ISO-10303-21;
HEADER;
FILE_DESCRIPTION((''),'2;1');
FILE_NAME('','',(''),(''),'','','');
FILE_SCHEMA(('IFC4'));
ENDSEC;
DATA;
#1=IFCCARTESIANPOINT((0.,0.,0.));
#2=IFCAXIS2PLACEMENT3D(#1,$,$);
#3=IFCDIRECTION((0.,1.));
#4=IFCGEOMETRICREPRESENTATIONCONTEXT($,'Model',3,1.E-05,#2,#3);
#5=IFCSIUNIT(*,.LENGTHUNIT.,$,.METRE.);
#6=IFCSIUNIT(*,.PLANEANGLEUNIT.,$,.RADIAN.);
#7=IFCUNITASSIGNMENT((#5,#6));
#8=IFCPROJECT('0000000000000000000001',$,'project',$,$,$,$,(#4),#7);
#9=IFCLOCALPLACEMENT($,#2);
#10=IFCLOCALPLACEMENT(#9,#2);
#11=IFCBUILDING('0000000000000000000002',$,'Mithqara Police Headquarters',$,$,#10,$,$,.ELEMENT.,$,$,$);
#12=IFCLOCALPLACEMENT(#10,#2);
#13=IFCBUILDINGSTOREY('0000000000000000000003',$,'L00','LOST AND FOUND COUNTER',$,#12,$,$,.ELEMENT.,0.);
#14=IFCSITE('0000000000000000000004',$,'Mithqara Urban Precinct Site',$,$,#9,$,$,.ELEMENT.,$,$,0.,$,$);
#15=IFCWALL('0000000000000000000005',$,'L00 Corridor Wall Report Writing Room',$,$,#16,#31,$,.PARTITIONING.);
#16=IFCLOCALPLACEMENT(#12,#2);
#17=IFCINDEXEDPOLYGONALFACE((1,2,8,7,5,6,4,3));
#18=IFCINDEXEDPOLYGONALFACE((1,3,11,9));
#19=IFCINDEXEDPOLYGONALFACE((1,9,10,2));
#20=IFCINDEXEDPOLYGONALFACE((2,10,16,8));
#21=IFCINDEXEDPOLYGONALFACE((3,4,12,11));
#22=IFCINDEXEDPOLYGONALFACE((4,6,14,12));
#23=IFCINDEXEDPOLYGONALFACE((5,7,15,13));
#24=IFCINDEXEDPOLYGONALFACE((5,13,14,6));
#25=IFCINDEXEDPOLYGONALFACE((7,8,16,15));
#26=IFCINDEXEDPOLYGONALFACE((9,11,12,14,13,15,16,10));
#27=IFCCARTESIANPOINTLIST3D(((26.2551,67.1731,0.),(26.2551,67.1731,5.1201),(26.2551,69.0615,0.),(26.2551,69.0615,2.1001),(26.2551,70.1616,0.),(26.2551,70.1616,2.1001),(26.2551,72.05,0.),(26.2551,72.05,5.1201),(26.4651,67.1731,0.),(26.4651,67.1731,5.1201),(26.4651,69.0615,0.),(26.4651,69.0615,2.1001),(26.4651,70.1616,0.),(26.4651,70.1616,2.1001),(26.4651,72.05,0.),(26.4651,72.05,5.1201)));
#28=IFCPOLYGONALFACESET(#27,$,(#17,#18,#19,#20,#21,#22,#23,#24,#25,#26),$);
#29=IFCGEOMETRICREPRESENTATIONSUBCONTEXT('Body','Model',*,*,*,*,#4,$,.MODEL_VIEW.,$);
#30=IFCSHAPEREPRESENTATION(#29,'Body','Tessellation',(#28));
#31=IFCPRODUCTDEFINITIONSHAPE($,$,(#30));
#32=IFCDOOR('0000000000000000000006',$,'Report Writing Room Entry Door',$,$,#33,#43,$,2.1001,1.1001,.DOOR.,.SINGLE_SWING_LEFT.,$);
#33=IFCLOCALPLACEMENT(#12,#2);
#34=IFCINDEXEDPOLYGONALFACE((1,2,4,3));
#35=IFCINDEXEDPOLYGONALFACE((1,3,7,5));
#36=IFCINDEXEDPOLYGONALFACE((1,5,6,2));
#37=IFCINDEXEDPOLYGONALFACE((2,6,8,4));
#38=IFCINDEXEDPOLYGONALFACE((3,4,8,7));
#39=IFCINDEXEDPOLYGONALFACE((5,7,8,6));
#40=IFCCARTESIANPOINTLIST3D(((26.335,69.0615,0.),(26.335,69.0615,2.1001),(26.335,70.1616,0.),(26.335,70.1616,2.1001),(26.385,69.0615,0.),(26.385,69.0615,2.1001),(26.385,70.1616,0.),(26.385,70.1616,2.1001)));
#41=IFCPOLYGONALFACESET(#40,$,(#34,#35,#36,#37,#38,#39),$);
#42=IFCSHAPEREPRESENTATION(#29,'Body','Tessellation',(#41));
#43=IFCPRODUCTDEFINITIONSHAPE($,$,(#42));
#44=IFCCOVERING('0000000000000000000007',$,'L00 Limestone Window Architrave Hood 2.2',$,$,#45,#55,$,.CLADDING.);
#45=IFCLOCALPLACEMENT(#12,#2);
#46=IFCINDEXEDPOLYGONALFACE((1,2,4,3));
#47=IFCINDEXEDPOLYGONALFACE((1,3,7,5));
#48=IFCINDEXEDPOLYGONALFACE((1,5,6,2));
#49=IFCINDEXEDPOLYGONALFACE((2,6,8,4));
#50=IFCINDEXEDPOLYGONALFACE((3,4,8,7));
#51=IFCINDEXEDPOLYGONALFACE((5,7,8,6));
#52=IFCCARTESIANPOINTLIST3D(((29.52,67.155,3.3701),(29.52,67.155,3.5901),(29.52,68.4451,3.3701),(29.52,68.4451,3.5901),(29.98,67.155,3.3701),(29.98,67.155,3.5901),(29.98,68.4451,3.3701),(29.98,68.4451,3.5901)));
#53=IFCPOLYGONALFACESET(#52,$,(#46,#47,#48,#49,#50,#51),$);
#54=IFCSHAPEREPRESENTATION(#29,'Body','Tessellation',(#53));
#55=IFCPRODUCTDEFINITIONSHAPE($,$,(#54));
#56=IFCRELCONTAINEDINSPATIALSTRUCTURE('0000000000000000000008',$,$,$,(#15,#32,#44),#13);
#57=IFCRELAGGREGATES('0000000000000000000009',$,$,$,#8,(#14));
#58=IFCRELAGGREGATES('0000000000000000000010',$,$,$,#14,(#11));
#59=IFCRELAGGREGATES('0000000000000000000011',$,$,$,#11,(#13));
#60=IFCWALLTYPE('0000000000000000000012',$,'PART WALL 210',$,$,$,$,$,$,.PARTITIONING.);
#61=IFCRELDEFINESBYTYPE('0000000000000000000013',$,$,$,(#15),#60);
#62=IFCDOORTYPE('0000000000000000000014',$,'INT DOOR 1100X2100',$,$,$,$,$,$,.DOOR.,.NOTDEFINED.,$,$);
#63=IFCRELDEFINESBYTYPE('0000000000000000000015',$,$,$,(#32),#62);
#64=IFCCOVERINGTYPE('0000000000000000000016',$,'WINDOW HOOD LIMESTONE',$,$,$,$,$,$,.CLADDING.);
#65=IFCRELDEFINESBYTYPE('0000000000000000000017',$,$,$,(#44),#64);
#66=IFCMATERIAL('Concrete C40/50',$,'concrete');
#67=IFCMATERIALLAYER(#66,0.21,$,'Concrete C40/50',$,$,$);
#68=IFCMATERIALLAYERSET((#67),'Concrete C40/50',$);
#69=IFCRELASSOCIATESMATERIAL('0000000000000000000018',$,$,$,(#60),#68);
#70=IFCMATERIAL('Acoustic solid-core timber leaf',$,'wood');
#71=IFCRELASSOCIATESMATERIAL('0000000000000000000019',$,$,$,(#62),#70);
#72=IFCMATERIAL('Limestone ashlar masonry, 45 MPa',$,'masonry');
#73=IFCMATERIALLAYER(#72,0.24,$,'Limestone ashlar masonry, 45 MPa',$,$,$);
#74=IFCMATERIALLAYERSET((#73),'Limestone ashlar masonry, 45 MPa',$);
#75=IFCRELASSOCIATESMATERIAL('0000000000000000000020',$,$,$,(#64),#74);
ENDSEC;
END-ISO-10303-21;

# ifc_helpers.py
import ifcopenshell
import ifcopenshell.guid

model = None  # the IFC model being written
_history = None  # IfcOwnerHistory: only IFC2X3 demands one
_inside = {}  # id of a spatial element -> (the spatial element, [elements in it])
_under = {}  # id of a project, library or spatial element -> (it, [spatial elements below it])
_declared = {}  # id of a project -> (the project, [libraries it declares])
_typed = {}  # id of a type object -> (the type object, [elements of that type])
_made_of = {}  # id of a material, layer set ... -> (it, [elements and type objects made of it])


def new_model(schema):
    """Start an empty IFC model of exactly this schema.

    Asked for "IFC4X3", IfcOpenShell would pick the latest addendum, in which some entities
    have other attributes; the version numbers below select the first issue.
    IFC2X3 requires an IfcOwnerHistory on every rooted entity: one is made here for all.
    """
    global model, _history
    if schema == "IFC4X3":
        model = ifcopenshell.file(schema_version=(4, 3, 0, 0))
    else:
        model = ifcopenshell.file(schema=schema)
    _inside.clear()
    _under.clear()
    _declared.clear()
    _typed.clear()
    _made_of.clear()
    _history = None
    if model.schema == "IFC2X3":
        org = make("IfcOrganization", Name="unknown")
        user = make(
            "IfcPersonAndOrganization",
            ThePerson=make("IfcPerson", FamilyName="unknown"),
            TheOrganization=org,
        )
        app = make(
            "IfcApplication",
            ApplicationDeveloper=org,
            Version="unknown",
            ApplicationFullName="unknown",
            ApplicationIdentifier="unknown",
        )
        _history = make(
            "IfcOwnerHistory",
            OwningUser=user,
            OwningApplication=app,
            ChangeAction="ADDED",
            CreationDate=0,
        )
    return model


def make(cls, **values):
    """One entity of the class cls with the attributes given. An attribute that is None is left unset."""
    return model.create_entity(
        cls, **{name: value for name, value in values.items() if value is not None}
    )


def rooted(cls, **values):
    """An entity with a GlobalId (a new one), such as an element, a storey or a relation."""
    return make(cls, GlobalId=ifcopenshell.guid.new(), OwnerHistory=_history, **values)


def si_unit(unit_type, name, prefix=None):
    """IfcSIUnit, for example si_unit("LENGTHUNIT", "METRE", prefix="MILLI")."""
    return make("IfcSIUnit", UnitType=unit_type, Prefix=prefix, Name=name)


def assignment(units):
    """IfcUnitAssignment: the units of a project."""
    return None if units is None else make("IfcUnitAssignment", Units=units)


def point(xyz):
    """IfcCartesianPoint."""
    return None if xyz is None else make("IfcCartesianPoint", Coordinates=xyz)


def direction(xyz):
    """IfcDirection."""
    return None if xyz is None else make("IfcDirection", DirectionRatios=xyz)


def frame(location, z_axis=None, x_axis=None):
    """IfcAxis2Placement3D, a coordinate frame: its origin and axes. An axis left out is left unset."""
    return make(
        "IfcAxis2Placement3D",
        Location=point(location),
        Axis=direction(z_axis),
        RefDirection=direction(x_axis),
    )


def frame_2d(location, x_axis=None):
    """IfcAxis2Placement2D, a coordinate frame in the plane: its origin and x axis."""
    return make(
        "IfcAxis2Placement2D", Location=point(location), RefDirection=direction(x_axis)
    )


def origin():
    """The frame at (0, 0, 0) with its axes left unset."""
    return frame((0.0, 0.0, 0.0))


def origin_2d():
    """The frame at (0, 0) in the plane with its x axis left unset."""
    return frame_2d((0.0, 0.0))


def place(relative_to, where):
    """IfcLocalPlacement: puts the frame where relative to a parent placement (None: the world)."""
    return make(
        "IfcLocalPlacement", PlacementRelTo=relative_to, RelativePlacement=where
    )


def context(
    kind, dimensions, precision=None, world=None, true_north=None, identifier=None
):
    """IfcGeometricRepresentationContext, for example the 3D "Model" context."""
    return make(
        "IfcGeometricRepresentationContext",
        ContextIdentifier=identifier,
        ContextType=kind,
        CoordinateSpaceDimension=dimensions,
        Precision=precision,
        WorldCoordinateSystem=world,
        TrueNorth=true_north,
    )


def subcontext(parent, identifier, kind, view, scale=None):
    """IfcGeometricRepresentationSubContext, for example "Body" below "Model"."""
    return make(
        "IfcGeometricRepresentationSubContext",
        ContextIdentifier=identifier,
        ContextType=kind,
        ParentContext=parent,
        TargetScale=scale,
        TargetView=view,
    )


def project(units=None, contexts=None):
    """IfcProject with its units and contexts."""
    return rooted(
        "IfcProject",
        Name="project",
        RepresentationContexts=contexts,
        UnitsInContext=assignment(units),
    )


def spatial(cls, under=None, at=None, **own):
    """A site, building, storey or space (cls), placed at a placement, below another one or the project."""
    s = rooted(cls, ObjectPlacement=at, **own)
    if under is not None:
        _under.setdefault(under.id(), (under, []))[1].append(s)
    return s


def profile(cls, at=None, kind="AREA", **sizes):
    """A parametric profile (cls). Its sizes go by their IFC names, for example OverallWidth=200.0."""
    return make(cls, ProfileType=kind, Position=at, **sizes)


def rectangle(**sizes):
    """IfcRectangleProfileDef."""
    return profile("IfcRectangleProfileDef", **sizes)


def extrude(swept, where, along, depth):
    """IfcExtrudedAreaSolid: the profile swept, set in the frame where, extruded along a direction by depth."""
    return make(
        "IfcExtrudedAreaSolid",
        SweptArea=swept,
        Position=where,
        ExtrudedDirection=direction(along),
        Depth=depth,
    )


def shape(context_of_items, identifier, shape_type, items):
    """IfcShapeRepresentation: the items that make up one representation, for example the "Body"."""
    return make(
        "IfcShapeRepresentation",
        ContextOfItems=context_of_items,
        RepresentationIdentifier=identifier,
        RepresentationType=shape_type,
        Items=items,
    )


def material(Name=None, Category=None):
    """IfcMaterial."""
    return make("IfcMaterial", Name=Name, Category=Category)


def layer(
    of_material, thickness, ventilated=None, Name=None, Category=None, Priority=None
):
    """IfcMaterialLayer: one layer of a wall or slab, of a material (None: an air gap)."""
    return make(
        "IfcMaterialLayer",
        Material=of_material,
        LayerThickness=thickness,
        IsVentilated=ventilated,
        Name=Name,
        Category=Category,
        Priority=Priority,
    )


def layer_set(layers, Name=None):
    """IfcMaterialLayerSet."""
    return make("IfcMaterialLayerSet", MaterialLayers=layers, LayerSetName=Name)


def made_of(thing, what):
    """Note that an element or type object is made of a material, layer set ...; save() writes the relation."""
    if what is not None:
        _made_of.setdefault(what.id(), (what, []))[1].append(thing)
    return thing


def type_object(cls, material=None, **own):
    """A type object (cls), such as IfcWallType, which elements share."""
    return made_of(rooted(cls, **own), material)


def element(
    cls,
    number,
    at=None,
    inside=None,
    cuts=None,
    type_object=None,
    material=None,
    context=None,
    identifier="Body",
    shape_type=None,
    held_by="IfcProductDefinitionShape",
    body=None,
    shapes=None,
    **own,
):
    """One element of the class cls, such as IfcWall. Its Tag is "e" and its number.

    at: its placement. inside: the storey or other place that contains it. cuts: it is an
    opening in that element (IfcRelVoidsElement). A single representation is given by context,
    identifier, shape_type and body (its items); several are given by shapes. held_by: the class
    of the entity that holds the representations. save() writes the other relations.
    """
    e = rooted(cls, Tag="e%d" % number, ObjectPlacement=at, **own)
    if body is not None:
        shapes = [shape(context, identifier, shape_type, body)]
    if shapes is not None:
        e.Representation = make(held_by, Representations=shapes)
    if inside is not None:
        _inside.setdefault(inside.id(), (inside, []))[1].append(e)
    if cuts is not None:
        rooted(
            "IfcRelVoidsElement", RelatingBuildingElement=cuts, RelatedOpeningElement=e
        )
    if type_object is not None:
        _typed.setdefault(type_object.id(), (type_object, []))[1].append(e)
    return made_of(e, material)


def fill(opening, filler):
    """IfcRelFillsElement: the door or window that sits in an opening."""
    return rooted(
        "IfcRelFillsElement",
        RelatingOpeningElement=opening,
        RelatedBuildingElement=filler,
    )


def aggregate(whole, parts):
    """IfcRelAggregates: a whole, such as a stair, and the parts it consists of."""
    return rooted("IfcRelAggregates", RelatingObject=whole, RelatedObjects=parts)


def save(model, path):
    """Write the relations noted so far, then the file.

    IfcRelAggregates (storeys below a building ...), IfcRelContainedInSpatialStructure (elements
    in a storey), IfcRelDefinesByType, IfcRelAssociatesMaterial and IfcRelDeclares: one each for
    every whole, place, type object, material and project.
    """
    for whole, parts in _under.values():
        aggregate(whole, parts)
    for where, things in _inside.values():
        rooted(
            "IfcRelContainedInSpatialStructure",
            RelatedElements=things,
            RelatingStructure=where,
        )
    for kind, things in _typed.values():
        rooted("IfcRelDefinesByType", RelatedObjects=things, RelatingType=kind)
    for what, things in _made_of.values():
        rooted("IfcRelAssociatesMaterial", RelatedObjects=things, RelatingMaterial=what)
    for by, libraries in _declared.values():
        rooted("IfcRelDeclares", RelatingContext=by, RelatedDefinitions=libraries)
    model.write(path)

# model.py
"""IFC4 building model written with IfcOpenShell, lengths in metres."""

from ifc_helpers import new_model, si_unit, direction, frame, frame_2d, origin, origin_2d, place, context, subcontext, project, spatial, rectangle, extrude, material, layer, layer_set, type_object, element, fill, save


model = new_model("IFC4")

# Units and contexts
model_context = context("Model", 3, precision=1e-05, world=origin(), true_north=direction((0.0, 1.0)))
body_context = subcontext(model_context, "Body", "Model", "MODEL_VIEW")
ifc_project = project(units=[si_unit("LENGTHUNIT", "METRE"), si_unit("PLANEANGLEUNIT", "RADIAN")], contexts=[model_context])

# Site, building, storey
site_placement = place(None, origin())
site = spatial("IfcSite", under=ifc_project, at=site_placement, Name="Mithqara Urban Precinct Site", CompositionType="ELEMENT", RefElevation=0.0)
building_placement = place(site_placement, origin())
building = spatial("IfcBuilding", under=site, at=building_placement, Name="Mithqara Police Headquarters", CompositionType="ELEMENT")
storey_placement = place(building_placement, origin())
storey = spatial("IfcBuildingStorey", under=building, at=storey_placement, Name="L00", Description="LOST AND FOUND COUNTER", CompositionType="ELEMENT", Elevation=0.0)

# Shared definitions
ifc_material_1 = material(Name="Concrete C40/50", Category="concrete")

# Shared definitions
ifc_layer_1 = layer(ifc_material_1, 0.21, Name="Concrete C40/50")
ifc_layer_set_1 = layer_set([ifc_layer_1], Name="Concrete C40/50")
wall_type = type_object("IfcWallType", Name="PART WALL 210", PredefinedType="PARTITIONING", material=ifc_layer_set_1)

# Shared definitions
ifc_material_2 = material(Name="Acoustic solid-core timber leaf", Category="wood")

# Wall, opening, door
wall_1_placement = place(storey_placement, frame((26.3601, 67.1731, 0.0), z_axis=(0.0, 0.0, 1.0), x_axis=(0.0, 1.0, 0.0)))
wall_1 = element("IfcWall", 1, at=wall_1_placement, inside=storey, type_object=wall_type, Name="L00 Corridor Wall Report Writing Room", PredefinedType="PARTITIONING", context=body_context, shape_type="SweptSolid", body=[
    extrude(rectangle(XDim=4.877, YDim=0.21, at=frame_2d((2.4385, 0.0))), origin(), (0.0, 0.0, 1.0), 5.1201),
])
opening_1_placement = place(wall_1_placement, frame((1.8884, 0.0, 0.0)))
opening_1 = element("IfcOpeningElement", 2, at=opening_1_placement, cuts=wall_1, PredefinedType="OPENING", context=body_context, shape_type="SweptSolid", body=[
    extrude(rectangle(XDim=1.1001, YDim=2.1001, at=frame_2d((0.55, 1.05))), frame((0.0, 0.115, 0.0), z_axis=(0.0, -1.0, 0.0), x_axis=(1.0, 0.0, 0.0)), (0.0, 0.0, 1.0), 0.23),
])
door_type_1 = type_object("IfcDoorType", Name="INT DOOR 1100X2100", OperationType="NOTDEFINED", PredefinedType="DOOR", material=ifc_material_2)
door_1_placement = place(opening_1_placement, frame((1.1001, 0.0, 0.0), z_axis=(0.0, 0.0, 1.0), x_axis=(-1.0, 0.0, 0.0)))
door_1 = element("IfcDoor", 3, at=door_1_placement, inside=storey, type_object=door_type_1, Name="Report Writing Room Entry Door", OperationType="SINGLE_SWING_LEFT", OverallHeight=2.1001, OverallWidth=1.1001, PredefinedType="DOOR", context=body_context, shape_type="SweptSolid", body=[
    extrude(rectangle(XDim=1.1001, YDim=2.1001, at=frame_2d((0.55, 1.05))), frame((0.0, 0.0249, 0.0), z_axis=(0.0, -1.0, 0.0), x_axis=(1.0, 0.0, 0.0)), (0.0, 0.0, 1.0), 0.05),
])
fill(opening_1, door_1)

# Covering
ifc_material_3 = material(Name="Limestone ashlar masonry, 45 MPa", Category="masonry")
ifc_layer_2 = layer(ifc_material_3, 0.24, Name="Limestone ashlar masonry, 45 MPa")
ifc_layer_set_2 = layer_set([ifc_layer_2], Name="Limestone ashlar masonry, 45 MPa")
covering_type = type_object("IfcCoveringType", Name="WINDOW HOOD LIMESTONE", PredefinedType="CLADDING", material=ifc_layer_set_2)
covering_placement = place(storey_placement, frame((29.75, 67.8, 3.3701), z_axis=(0.0, 0.0, 1.0), x_axis=(0.0, 1.0, 0.0)))
element("IfcCovering", 4, at=covering_placement, inside=storey, type_object=covering_type, Name="L00 Limestone Window Architrave Hood 2.2", PredefinedType="CLADDING", context=body_context, shape_type="SweptSolid", body=[
    extrude(rectangle(XDim=1.29, YDim=0.46, at=origin_2d()), origin(), (0.0, 0.0, 1.0), 0.22),
])

save(model, "model.ifc")
